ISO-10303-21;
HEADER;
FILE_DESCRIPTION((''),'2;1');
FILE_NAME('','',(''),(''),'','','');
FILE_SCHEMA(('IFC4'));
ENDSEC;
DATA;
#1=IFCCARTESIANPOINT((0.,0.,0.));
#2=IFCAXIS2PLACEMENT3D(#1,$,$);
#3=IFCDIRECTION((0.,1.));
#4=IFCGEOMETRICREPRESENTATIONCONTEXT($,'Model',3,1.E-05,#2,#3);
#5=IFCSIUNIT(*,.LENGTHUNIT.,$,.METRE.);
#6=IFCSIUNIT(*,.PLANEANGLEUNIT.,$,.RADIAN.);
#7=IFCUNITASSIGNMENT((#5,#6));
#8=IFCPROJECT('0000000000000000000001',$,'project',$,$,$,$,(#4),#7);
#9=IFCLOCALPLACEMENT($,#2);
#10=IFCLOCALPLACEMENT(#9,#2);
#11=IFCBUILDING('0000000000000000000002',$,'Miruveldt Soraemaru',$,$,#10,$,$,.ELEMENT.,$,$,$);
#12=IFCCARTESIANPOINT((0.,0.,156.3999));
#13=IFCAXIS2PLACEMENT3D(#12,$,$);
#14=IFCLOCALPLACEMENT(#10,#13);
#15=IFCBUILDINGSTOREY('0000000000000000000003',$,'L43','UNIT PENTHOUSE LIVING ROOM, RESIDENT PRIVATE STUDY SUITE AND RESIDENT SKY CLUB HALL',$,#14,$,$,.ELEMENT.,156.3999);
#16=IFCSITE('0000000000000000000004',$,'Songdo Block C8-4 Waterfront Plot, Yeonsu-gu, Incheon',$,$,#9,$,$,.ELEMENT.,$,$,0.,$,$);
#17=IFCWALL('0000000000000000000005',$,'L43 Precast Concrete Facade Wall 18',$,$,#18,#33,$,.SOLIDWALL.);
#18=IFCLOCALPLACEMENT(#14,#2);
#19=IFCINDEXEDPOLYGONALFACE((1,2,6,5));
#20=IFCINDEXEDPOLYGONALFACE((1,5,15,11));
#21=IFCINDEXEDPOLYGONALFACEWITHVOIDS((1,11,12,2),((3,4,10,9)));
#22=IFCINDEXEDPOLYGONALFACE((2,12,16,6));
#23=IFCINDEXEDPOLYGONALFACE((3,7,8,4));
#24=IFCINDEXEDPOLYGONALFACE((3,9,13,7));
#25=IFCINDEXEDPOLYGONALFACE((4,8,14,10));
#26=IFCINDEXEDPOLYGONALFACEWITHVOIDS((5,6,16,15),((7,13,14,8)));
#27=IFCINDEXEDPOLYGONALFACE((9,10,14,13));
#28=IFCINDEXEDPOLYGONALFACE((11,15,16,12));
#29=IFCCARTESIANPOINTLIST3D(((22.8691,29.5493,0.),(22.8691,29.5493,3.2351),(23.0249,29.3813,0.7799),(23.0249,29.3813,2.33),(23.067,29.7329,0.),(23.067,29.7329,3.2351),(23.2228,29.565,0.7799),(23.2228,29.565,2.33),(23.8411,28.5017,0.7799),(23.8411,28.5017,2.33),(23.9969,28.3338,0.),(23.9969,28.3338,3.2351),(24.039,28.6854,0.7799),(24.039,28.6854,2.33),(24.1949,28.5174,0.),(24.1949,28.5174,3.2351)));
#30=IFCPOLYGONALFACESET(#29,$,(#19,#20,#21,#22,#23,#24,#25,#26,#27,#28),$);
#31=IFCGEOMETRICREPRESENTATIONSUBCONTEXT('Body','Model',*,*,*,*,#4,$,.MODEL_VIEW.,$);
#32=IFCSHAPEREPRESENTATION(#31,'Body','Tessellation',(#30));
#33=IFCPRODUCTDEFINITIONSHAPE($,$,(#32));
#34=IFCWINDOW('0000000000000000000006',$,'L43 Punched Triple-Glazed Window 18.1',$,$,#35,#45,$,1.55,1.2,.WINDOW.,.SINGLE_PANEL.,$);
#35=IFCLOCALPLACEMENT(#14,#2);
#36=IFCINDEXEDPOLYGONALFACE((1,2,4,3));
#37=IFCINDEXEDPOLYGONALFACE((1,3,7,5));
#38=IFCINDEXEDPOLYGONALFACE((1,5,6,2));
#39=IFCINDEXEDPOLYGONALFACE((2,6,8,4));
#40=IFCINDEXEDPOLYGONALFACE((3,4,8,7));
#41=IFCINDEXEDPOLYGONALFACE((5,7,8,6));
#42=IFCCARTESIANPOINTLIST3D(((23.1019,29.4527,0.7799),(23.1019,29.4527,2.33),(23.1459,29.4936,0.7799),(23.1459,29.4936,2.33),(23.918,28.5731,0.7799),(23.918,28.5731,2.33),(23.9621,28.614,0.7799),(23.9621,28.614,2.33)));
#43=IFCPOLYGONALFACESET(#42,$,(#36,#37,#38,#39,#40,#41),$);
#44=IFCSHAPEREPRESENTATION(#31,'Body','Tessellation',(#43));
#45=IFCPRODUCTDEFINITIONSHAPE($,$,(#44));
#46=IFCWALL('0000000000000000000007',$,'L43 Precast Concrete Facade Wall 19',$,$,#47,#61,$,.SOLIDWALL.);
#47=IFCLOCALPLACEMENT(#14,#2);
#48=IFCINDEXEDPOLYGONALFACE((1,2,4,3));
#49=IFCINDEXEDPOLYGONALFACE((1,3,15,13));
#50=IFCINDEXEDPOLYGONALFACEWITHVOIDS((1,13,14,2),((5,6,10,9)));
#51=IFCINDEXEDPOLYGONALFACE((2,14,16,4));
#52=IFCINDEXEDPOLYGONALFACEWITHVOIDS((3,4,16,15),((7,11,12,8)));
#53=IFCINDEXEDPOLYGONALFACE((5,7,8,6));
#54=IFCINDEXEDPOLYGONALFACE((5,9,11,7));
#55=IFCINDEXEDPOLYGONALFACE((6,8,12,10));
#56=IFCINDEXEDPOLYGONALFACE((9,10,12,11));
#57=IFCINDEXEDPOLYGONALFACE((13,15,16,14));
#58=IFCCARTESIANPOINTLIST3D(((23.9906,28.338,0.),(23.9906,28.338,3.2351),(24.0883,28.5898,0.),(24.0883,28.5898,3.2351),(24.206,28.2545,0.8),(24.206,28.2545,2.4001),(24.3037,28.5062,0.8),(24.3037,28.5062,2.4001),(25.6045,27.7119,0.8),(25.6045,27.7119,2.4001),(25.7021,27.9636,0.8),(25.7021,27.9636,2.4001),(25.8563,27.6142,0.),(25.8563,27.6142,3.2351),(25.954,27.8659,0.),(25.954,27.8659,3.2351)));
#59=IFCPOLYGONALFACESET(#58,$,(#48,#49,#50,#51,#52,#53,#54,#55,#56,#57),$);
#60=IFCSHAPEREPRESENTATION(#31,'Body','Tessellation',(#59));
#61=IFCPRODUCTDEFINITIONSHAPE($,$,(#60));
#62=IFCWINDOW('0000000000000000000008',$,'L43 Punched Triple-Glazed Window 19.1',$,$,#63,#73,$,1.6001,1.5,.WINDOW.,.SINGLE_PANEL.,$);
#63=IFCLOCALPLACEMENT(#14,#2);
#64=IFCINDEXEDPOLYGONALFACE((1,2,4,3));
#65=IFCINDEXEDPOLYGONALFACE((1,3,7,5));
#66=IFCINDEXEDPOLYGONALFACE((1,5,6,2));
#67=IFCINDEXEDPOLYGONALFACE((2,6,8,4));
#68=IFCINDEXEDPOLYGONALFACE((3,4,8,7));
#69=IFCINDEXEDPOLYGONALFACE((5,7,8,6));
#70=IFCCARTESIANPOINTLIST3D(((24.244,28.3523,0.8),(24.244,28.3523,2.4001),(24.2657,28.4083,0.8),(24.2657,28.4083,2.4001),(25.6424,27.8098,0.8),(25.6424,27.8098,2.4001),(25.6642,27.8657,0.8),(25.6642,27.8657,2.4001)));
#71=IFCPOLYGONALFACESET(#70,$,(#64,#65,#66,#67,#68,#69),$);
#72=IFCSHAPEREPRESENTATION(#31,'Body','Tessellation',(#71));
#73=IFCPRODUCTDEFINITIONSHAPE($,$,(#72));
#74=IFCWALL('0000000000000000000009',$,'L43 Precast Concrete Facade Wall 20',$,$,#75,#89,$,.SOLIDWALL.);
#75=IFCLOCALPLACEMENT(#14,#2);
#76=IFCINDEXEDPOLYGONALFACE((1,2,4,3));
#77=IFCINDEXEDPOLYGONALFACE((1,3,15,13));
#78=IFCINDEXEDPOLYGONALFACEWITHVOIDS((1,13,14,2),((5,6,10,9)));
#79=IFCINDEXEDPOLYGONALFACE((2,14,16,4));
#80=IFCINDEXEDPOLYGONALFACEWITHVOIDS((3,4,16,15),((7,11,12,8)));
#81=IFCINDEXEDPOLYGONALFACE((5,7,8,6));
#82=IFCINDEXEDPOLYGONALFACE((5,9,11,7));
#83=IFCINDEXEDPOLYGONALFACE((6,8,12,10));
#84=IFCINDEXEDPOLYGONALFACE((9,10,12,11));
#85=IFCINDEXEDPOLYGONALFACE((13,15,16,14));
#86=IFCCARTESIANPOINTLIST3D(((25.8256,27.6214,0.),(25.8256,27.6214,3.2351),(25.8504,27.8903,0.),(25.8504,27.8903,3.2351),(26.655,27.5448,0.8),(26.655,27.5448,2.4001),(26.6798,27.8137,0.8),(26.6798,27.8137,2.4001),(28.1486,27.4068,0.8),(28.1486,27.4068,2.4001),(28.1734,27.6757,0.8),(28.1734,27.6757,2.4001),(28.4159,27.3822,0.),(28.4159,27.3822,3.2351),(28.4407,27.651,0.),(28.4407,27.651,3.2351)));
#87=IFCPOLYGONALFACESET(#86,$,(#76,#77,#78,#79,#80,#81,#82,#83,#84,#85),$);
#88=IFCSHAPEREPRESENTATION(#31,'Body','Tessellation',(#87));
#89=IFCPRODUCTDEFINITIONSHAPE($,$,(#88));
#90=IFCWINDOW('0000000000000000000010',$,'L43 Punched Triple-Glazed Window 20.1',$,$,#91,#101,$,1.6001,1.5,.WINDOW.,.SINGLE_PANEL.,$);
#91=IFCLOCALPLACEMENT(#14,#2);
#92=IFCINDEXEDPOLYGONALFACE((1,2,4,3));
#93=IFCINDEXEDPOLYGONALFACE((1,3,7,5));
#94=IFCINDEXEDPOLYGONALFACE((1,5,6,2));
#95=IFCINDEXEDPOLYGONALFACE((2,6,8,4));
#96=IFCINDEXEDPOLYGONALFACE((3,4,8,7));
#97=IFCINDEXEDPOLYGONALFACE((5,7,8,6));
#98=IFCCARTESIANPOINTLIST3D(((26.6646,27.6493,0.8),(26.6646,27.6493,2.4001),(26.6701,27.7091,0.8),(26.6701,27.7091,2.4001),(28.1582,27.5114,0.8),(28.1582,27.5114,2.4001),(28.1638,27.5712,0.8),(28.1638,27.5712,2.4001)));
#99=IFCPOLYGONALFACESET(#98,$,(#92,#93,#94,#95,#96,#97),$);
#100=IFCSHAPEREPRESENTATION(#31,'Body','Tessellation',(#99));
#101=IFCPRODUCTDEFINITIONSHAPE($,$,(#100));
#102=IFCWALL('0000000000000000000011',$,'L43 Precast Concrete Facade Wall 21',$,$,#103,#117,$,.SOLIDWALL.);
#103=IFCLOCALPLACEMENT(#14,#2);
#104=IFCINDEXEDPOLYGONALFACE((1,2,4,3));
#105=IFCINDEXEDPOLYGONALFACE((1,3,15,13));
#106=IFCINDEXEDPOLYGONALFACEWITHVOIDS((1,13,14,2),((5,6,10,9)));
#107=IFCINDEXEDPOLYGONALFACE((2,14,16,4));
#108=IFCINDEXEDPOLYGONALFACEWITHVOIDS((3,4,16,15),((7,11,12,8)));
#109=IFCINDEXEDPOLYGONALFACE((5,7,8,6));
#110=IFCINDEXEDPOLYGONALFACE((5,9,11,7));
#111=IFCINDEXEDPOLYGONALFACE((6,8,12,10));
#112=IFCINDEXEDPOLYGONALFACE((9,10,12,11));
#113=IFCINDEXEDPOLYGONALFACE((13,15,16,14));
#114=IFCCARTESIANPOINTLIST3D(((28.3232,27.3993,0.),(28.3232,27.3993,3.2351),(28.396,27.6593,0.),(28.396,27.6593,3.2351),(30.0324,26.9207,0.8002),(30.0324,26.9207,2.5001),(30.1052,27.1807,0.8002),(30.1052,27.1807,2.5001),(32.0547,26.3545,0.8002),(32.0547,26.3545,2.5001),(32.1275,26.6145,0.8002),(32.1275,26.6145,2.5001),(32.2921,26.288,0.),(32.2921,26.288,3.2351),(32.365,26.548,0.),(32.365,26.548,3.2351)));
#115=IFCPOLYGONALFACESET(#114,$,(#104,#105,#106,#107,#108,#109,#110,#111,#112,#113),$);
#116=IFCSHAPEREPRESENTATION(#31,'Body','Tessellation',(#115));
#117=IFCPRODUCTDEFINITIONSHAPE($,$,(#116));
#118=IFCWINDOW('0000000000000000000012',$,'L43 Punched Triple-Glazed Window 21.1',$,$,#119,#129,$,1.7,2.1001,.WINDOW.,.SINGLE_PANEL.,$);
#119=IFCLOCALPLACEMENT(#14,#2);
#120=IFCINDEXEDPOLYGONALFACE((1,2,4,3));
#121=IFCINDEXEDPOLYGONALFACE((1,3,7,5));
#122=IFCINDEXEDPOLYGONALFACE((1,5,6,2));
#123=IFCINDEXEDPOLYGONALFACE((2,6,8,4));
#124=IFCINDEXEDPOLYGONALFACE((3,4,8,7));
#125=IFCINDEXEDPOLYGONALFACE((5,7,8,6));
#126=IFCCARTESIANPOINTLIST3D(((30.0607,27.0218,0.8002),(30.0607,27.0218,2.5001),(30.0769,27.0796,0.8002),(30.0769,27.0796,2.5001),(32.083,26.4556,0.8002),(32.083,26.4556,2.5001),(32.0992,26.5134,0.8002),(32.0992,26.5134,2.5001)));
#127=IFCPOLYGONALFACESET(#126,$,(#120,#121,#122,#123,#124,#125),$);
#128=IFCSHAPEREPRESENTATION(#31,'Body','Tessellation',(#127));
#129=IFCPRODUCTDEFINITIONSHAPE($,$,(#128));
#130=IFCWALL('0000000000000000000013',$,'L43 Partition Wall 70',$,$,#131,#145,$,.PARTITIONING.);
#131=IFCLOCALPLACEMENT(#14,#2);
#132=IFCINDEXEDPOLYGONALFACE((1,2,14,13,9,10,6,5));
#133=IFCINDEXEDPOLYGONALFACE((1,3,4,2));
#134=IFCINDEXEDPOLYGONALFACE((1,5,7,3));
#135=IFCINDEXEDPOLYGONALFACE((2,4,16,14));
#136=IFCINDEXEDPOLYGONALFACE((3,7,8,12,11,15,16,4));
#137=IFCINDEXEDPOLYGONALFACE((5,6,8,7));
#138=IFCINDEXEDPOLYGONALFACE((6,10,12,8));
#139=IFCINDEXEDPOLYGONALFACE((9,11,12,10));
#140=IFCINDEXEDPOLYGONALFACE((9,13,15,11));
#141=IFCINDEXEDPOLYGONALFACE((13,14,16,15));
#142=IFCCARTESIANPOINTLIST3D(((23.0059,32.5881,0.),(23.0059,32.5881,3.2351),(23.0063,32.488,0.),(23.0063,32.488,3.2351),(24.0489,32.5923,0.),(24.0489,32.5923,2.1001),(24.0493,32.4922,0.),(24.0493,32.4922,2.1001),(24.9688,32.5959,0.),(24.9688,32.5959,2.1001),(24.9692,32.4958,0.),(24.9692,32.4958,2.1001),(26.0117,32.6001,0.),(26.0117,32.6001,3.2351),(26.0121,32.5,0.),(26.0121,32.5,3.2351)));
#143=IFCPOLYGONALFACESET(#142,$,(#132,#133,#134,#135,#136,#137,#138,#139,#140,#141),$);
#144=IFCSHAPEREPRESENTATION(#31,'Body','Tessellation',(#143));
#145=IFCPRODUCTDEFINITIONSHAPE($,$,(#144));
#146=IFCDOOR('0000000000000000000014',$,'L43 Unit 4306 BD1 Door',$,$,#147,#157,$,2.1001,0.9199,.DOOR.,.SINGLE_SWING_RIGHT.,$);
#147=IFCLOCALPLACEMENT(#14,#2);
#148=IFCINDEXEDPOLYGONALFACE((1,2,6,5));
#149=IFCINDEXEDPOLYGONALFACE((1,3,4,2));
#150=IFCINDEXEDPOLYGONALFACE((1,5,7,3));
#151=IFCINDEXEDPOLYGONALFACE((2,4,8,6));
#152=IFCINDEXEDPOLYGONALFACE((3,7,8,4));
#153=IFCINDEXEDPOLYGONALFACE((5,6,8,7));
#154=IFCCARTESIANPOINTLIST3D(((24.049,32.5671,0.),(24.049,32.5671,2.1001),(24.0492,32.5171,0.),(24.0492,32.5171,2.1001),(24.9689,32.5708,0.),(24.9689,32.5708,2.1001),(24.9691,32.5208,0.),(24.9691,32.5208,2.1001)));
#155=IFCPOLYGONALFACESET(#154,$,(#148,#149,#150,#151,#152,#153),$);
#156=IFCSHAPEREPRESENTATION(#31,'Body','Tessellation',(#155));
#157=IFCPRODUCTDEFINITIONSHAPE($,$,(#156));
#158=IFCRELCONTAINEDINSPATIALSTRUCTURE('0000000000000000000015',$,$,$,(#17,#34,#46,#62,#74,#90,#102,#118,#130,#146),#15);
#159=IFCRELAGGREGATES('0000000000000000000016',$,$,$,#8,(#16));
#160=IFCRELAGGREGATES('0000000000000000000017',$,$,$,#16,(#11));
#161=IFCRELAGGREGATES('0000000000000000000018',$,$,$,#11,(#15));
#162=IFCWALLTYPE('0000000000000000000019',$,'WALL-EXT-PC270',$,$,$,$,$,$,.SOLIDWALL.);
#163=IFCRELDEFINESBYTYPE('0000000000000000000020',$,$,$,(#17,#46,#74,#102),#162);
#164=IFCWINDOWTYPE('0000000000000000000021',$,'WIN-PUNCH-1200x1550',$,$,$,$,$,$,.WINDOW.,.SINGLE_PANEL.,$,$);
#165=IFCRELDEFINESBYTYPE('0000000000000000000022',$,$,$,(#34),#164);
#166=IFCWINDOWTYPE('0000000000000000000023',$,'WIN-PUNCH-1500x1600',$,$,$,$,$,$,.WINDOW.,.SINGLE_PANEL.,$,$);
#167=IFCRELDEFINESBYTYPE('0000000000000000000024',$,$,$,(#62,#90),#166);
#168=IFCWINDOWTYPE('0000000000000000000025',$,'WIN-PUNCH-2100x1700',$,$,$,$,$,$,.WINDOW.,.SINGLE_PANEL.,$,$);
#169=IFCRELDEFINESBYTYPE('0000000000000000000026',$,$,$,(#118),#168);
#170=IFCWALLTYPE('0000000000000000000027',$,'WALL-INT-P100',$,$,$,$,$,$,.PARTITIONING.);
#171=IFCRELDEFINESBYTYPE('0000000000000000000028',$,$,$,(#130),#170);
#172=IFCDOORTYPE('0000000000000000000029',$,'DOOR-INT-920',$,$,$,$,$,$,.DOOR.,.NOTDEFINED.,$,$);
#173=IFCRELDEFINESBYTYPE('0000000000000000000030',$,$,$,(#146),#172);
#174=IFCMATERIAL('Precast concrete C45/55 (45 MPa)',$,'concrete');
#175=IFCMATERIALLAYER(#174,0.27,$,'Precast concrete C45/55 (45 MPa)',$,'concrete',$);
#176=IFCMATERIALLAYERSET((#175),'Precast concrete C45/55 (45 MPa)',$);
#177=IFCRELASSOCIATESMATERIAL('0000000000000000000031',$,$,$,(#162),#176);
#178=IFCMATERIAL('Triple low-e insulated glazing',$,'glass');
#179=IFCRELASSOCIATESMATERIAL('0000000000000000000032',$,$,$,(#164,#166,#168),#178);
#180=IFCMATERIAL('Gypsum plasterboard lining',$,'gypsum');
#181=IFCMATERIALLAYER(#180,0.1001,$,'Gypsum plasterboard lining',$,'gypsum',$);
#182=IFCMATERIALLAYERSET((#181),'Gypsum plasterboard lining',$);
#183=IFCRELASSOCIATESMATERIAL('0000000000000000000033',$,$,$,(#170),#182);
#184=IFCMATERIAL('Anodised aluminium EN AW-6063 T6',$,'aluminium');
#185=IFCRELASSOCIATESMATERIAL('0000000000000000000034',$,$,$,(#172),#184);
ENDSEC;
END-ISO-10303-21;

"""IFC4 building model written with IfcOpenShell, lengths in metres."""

from ifc_helpers import new_model, si_unit, direction, frame, frame_2d, origin, place, context, subcontext, project, spatial, rectangle, extrude, material, layer, layer_set, type_object, element, fill, save


model = new_model("IFC4")

# Units and contexts
model_context = context("Model", 3, precision=1e-05, world=origin(), true_north=direction((0.0, 1.0)))
body_context = subcontext(model_context, "Body", "Model", "MODEL_VIEW")
ifc_project = project(units=[si_unit("LENGTHUNIT", "METRE"), si_unit("PLANEANGLEUNIT", "RADIAN")], contexts=[model_context])

# Site, building, storey
site_placement = place(None, origin())
site = spatial("IfcSite", under=ifc_project, at=site_placement, Name="Songdo Block C8-4 Waterfront Plot, Yeonsu-gu, Incheon", CompositionType="ELEMENT", RefElevation=0.0)
building_placement = place(site_placement, origin())
building = spatial("IfcBuilding", under=site, at=building_placement, Name="Miruveldt Soraemaru", CompositionType="ELEMENT")
storey_placement = place(building_placement, frame((0.0, 0.0, 156.3999)))
storey = spatial("IfcBuildingStorey", under=building, at=storey_placement, Name="L43", Description="UNIT PENTHOUSE LIVING ROOM, RESIDENT PRIVATE STUDY SUITE AND RESIDENT SKY CLUB HALL", CompositionType="ELEMENT", Elevation=156.3999)

# Walls, openings, windows
ifc_material_1 = material(Name="Precast concrete C45/55 (45 MPa)", Category="concrete")
ifc_layer_1 = layer(ifc_material_1, 0.27, Name="Precast concrete C45/55 (45 MPa)", Category="concrete")
ifc_layer_set_1 = layer_set([ifc_layer_1], Name="Precast concrete C45/55 (45 MPa)")
wall_type_1 = type_object("IfcWallType", Name="WALL-EXT-PC270", PredefinedType="SOLIDWALL", material=ifc_layer_set_1)
ifc_material_2 = material(Name="Triple low-e insulated glazing", Category="glass")
window_type_1 = type_object("IfcWindowType", Name="WIN-PUNCH-1200x1550", PartitioningType="SINGLE_PANEL", PredefinedType="WINDOW", material=ifc_material_2)
wall_1_placement = place(storey_placement, frame((22.968, 29.6411, 0.0), z_axis=(0.0, 0.0, 1.0), x_axis=(0.680186, -0.73304, 0.0)))
wall_1 = element("IfcWall", 1, at=wall_1_placement, inside=storey, type_object=wall_type_1, Name="L43 Precast Concrete Facade Wall 18", PredefinedType="SOLIDWALL", context=body_context, shape_type="SweptSolid", body=[
    extrude(rectangle(XDim=1.6582, YDim=0.27, at=frame_2d((0.8291, 0.0))), origin(), (0.0, 0.0, 1.0), 3.2351),
])
opening_1_placement = place(wall_1_placement, frame((0.229, 0.0, 0.78)))
opening_1 = element("IfcOpeningElement", 2, at=opening_1_placement, cuts=wall_1, PredefinedType="OPENING", context=body_context, shape_type="SweptSolid", body=[
    extrude(rectangle(XDim=1.2, YDim=1.55, at=frame_2d((0.6001, 0.7749))), frame((0.0, 0.145, 0.0), z_axis=(0.0, -1.0, 0.0), x_axis=(1.0, 0.0, 0.0)), (0.0, 0.0, 1.0), 0.29),
])
window_1_placement = place(opening_1_placement, origin())
window_1 = element("IfcWindow", 3, at=window_1_placement, inside=storey, type_object=window_type_1, Name="L43 Punched Triple-Glazed Window 18.1", OverallHeight=1.55, OverallWidth=1.2, PartitioningType="SINGLE_PANEL", PredefinedType="WINDOW", context=body_context, shape_type="SweptSolid", body=[
    extrude(rectangle(XDim=1.2, YDim=1.55, at=frame_2d((0.6001, 0.7749))), frame((0.0, 0.03, 0.0), z_axis=(0.0, -1.0, 0.0), x_axis=(1.0, 0.0, 0.0)), (0.0, 0.0, 1.0), 0.0601),
])
fill(opening_1, window_1)
wall_2_placement = place(storey_placement, frame((24.0396, 28.4639, 0.0), z_axis=(0.0, 0.0, 1.0), x_axis=(0.932288, -0.361716, 0.0)))
wall_2 = element("IfcWall", 4, at=wall_2_placement, inside=storey, type_object=wall_type_1, Name="L43 Precast Concrete Facade Wall 19", PredefinedType="SOLIDWALL", context=body_context, shape_type="SweptSolid", body=[
    extrude(rectangle(XDim=2.0012, YDim=0.27, at=frame_2d((1.0005, 0.0))), origin(), (0.0, 0.0, 1.0), 3.2351),
])
opening_2_placement = place(wall_2_placement, frame((0.231, 0.0, 0.8)))
opening_2 = element("IfcOpeningElement", 5, at=opening_2_placement, cuts=wall_2, PredefinedType="OPENING", context=body_context, shape_type="SweptSolid", body=[
    extrude(rectangle(XDim=1.5, YDim=1.6001, at=frame_2d((0.75, 0.8))), frame((0.0, 0.145, 0.0), z_axis=(0.0, -1.0, 0.0), x_axis=(1.0, 0.0, 0.0)), (0.0, 0.0, 1.0), 0.29),
])
window_type_2 = type_object("IfcWindowType", Name="WIN-PUNCH-1500x1600", PartitioningType="SINGLE_PANEL", PredefinedType="WINDOW", material=ifc_material_2)
window_2_placement = place(opening_2_placement, origin())
window_2 = element("IfcWindow", 6, at=window_2_placement, inside=storey, type_object=window_type_2, Name="L43 Punched Triple-Glazed Window 19.1", OverallHeight=1.6001, OverallWidth=1.5, PartitioningType="SINGLE_PANEL", PredefinedType="WINDOW", context=body_context, shape_type="SweptSolid", body=[
    extrude(rectangle(XDim=1.5, YDim=1.6001, at=frame_2d((0.75, 0.8))), frame((0.0, 0.03, 0.0), z_axis=(0.0, -1.0, 0.0), x_axis=(1.0, 0.0, 0.0)), (0.0, 0.0, 1.0), 0.0601),
])
fill(opening_2, window_2)
wall_3_placement = place(storey_placement, frame((25.8379, 27.7559, 0.0), z_axis=(0.0, 0.0, 1.0), x_axis=(0.995761, -0.091974, 0.0)))
wall_3 = element("IfcWall", 7, at=wall_3_placement, inside=storey, type_object=wall_type_1, Name="L43 Precast Concrete Facade Wall 20", PredefinedType="SOLIDWALL", context=body_context, shape_type="SweptSolid", body=[
    extrude(rectangle(XDim=2.6013, YDim=0.27, at=frame_2d((1.3008, 0.0))), origin(), (0.0, 0.0, 1.0), 3.2351),
])
opening_3_placement = place(wall_3_placement, frame((0.833, 0.0, 0.8)))
opening_3 = element("IfcOpeningElement", 8, at=opening_3_placement, cuts=wall_3, PredefinedType="OPENING", context=body_context, shape_type="SweptSolid", body=[
    extrude(rectangle(XDim=1.5, YDim=1.6001, at=frame_2d((0.75, 0.8))), frame((0.0, 0.145, 0.0), z_axis=(0.0, -1.0, 0.0), x_axis=(1.0, 0.0, 0.0)), (0.0, 0.0, 1.0), 0.29),
])
window_3_placement = place(opening_3_placement, origin())
window_3 = element("IfcWindow", 9, at=window_3_placement, inside=storey, type_object=window_type_2, Name="L43 Punched Triple-Glazed Window 20.1", OverallHeight=1.6001, OverallWidth=1.5, PartitioningType="SINGLE_PANEL", PredefinedType="WINDOW", context=body_context, shape_type="SweptSolid", body=[
    extrude(rectangle(XDim=1.5, YDim=1.6001, at=frame_2d((0.75, 0.8))), frame((0.0, 0.03, 0.0), z_axis=(0.0, -1.0, 0.0), x_axis=(1.0, 0.0, 0.0)), (0.0, 0.0, 1.0), 0.0601),
])
fill(opening_3, window_3)
wall_4_placement = place(storey_placement, frame((28.3596, 27.5293, 0.0), z_axis=(0.0, 0.0, 1.0), x_axis=(0.962963, -0.269632, 0.0)))
wall_4 = element("IfcWall", 10, at=wall_4_placement, inside=storey, type_object=wall_type_1, Name="L43 Precast Concrete Facade Wall 21", PredefinedType="SOLIDWALL", context=body_context, shape_type="SweptSolid", body=[
    extrude(rectangle(XDim=4.1216, YDim=0.27, at=frame_2d((2.0608, 0.0))), origin(), (0.0, 0.0, 1.0), 3.2351),
])
opening_4_placement = place(wall_4_placement, frame((1.7749, 0.0, 0.8)))
opening_4 = element("IfcOpeningElement", 11, at=opening_4_placement, cuts=wall_4, PredefinedType="OPENING", context=body_context, shape_type="SweptSolid", body=[
    extrude(rectangle(XDim=2.1001, YDim=1.7, at=frame_2d((1.05, 0.8501))), frame((0.0, 0.145, 0.0), z_axis=(0.0, -1.0, 0.0), x_axis=(1.0, 0.0, 0.0)), (0.0, 0.0, 1.0), 0.29),
])
window_type_3 = type_object("IfcWindowType", Name="WIN-PUNCH-2100x1700", PartitioningType="SINGLE_PANEL", PredefinedType="WINDOW", material=ifc_material_2)
window_4_placement = place(opening_4_placement, origin())
window_4 = element("IfcWindow", 12, at=window_4_placement, inside=storey, type_object=window_type_3, Name="L43 Punched Triple-Glazed Window 21.1", OverallHeight=1.7, OverallWidth=2.1001, PartitioningType="SINGLE_PANEL", PredefinedType="WINDOW", context=body_context, shape_type="SweptSolid", body=[
    extrude(rectangle(XDim=2.1001, YDim=1.7, at=frame_2d((1.05, 0.8501))), frame((0.0, 0.03, 0.0), z_axis=(0.0, -1.0, 0.0), x_axis=(1.0, 0.0, 0.0)), (0.0, 0.0, 1.0), 0.0601),
])
fill(opening_4, window_4)

# Wall, opening, door
ifc_material_3 = material(Name="Gypsum plasterboard lining", Category="gypsum")
ifc_layer_2 = layer(ifc_material_3, 0.1001, Name="Gypsum plasterboard lining", Category="gypsum")
ifc_layer_set_2 = layer_set([ifc_layer_2], Name="Gypsum plasterboard lining")
wall_type_2 = type_object("IfcWallType", Name="WALL-INT-P100", PredefinedType="PARTITIONING", material=ifc_layer_set_2)
wall_5_placement = place(storey_placement, frame((23.0061, 32.5381, 0.0), z_axis=(0.0, 0.0, 1.0), x_axis=(0.999992, 0.00398, 0.0)))
wall_5 = element("IfcWall", 13, at=wall_5_placement, inside=storey, type_object=wall_type_2, Name="L43 Partition Wall 70", PredefinedType="PARTITIONING", context=body_context, shape_type="SweptSolid", body=[
    extrude(rectangle(XDim=3.0059, YDim=0.1001, at=frame_2d((1.5029, 0.0))), origin(), (0.0, 0.0, 1.0), 3.2351),
])
opening_5_placement = place(wall_5_placement, frame((1.043, 0.0, 0.0)))
opening_5 = element("IfcOpeningElement", 14, at=opening_5_placement, cuts=wall_5, PredefinedType="OPENING", context=body_context, shape_type="SweptSolid", body=[
    extrude(rectangle(XDim=0.9199, YDim=2.1001, at=frame_2d((0.46, 1.05))), frame((0.0, 0.0601, 0.0), z_axis=(0.0, -1.0, 0.0), x_axis=(1.0, 0.0, 0.0)), (0.0, 0.0, 1.0), 0.1201),
])
ifc_material_4 = material(Name="Anodised aluminium EN AW-6063 T6", Category="aluminium")
door_type = type_object("IfcDoorType", Name="DOOR-INT-920", OperationType="NOTDEFINED", PredefinedType="DOOR", material=ifc_material_4)
door_placement = place(opening_5_placement, origin())
door = element("IfcDoor", 15, at=door_placement, inside=storey, type_object=door_type, Name="L43 Unit 4306 BD1 Door", OperationType="SINGLE_SWING_RIGHT", OverallHeight=2.1001, OverallWidth=0.9199, PredefinedType="DOOR", context=body_context, shape_type="SweptSolid", body=[
    extrude(rectangle(XDim=0.9199, YDim=2.1001, at=frame_2d((0.46, 1.05))), frame((0.0, 0.0249, 0.0), z_axis=(0.0, -1.0, 0.0), x_axis=(1.0, 0.0, 0.0)), (0.0, 0.0, 1.0), 0.05),
])
fill(opening_5, door)

save(model, "model.ifc")
